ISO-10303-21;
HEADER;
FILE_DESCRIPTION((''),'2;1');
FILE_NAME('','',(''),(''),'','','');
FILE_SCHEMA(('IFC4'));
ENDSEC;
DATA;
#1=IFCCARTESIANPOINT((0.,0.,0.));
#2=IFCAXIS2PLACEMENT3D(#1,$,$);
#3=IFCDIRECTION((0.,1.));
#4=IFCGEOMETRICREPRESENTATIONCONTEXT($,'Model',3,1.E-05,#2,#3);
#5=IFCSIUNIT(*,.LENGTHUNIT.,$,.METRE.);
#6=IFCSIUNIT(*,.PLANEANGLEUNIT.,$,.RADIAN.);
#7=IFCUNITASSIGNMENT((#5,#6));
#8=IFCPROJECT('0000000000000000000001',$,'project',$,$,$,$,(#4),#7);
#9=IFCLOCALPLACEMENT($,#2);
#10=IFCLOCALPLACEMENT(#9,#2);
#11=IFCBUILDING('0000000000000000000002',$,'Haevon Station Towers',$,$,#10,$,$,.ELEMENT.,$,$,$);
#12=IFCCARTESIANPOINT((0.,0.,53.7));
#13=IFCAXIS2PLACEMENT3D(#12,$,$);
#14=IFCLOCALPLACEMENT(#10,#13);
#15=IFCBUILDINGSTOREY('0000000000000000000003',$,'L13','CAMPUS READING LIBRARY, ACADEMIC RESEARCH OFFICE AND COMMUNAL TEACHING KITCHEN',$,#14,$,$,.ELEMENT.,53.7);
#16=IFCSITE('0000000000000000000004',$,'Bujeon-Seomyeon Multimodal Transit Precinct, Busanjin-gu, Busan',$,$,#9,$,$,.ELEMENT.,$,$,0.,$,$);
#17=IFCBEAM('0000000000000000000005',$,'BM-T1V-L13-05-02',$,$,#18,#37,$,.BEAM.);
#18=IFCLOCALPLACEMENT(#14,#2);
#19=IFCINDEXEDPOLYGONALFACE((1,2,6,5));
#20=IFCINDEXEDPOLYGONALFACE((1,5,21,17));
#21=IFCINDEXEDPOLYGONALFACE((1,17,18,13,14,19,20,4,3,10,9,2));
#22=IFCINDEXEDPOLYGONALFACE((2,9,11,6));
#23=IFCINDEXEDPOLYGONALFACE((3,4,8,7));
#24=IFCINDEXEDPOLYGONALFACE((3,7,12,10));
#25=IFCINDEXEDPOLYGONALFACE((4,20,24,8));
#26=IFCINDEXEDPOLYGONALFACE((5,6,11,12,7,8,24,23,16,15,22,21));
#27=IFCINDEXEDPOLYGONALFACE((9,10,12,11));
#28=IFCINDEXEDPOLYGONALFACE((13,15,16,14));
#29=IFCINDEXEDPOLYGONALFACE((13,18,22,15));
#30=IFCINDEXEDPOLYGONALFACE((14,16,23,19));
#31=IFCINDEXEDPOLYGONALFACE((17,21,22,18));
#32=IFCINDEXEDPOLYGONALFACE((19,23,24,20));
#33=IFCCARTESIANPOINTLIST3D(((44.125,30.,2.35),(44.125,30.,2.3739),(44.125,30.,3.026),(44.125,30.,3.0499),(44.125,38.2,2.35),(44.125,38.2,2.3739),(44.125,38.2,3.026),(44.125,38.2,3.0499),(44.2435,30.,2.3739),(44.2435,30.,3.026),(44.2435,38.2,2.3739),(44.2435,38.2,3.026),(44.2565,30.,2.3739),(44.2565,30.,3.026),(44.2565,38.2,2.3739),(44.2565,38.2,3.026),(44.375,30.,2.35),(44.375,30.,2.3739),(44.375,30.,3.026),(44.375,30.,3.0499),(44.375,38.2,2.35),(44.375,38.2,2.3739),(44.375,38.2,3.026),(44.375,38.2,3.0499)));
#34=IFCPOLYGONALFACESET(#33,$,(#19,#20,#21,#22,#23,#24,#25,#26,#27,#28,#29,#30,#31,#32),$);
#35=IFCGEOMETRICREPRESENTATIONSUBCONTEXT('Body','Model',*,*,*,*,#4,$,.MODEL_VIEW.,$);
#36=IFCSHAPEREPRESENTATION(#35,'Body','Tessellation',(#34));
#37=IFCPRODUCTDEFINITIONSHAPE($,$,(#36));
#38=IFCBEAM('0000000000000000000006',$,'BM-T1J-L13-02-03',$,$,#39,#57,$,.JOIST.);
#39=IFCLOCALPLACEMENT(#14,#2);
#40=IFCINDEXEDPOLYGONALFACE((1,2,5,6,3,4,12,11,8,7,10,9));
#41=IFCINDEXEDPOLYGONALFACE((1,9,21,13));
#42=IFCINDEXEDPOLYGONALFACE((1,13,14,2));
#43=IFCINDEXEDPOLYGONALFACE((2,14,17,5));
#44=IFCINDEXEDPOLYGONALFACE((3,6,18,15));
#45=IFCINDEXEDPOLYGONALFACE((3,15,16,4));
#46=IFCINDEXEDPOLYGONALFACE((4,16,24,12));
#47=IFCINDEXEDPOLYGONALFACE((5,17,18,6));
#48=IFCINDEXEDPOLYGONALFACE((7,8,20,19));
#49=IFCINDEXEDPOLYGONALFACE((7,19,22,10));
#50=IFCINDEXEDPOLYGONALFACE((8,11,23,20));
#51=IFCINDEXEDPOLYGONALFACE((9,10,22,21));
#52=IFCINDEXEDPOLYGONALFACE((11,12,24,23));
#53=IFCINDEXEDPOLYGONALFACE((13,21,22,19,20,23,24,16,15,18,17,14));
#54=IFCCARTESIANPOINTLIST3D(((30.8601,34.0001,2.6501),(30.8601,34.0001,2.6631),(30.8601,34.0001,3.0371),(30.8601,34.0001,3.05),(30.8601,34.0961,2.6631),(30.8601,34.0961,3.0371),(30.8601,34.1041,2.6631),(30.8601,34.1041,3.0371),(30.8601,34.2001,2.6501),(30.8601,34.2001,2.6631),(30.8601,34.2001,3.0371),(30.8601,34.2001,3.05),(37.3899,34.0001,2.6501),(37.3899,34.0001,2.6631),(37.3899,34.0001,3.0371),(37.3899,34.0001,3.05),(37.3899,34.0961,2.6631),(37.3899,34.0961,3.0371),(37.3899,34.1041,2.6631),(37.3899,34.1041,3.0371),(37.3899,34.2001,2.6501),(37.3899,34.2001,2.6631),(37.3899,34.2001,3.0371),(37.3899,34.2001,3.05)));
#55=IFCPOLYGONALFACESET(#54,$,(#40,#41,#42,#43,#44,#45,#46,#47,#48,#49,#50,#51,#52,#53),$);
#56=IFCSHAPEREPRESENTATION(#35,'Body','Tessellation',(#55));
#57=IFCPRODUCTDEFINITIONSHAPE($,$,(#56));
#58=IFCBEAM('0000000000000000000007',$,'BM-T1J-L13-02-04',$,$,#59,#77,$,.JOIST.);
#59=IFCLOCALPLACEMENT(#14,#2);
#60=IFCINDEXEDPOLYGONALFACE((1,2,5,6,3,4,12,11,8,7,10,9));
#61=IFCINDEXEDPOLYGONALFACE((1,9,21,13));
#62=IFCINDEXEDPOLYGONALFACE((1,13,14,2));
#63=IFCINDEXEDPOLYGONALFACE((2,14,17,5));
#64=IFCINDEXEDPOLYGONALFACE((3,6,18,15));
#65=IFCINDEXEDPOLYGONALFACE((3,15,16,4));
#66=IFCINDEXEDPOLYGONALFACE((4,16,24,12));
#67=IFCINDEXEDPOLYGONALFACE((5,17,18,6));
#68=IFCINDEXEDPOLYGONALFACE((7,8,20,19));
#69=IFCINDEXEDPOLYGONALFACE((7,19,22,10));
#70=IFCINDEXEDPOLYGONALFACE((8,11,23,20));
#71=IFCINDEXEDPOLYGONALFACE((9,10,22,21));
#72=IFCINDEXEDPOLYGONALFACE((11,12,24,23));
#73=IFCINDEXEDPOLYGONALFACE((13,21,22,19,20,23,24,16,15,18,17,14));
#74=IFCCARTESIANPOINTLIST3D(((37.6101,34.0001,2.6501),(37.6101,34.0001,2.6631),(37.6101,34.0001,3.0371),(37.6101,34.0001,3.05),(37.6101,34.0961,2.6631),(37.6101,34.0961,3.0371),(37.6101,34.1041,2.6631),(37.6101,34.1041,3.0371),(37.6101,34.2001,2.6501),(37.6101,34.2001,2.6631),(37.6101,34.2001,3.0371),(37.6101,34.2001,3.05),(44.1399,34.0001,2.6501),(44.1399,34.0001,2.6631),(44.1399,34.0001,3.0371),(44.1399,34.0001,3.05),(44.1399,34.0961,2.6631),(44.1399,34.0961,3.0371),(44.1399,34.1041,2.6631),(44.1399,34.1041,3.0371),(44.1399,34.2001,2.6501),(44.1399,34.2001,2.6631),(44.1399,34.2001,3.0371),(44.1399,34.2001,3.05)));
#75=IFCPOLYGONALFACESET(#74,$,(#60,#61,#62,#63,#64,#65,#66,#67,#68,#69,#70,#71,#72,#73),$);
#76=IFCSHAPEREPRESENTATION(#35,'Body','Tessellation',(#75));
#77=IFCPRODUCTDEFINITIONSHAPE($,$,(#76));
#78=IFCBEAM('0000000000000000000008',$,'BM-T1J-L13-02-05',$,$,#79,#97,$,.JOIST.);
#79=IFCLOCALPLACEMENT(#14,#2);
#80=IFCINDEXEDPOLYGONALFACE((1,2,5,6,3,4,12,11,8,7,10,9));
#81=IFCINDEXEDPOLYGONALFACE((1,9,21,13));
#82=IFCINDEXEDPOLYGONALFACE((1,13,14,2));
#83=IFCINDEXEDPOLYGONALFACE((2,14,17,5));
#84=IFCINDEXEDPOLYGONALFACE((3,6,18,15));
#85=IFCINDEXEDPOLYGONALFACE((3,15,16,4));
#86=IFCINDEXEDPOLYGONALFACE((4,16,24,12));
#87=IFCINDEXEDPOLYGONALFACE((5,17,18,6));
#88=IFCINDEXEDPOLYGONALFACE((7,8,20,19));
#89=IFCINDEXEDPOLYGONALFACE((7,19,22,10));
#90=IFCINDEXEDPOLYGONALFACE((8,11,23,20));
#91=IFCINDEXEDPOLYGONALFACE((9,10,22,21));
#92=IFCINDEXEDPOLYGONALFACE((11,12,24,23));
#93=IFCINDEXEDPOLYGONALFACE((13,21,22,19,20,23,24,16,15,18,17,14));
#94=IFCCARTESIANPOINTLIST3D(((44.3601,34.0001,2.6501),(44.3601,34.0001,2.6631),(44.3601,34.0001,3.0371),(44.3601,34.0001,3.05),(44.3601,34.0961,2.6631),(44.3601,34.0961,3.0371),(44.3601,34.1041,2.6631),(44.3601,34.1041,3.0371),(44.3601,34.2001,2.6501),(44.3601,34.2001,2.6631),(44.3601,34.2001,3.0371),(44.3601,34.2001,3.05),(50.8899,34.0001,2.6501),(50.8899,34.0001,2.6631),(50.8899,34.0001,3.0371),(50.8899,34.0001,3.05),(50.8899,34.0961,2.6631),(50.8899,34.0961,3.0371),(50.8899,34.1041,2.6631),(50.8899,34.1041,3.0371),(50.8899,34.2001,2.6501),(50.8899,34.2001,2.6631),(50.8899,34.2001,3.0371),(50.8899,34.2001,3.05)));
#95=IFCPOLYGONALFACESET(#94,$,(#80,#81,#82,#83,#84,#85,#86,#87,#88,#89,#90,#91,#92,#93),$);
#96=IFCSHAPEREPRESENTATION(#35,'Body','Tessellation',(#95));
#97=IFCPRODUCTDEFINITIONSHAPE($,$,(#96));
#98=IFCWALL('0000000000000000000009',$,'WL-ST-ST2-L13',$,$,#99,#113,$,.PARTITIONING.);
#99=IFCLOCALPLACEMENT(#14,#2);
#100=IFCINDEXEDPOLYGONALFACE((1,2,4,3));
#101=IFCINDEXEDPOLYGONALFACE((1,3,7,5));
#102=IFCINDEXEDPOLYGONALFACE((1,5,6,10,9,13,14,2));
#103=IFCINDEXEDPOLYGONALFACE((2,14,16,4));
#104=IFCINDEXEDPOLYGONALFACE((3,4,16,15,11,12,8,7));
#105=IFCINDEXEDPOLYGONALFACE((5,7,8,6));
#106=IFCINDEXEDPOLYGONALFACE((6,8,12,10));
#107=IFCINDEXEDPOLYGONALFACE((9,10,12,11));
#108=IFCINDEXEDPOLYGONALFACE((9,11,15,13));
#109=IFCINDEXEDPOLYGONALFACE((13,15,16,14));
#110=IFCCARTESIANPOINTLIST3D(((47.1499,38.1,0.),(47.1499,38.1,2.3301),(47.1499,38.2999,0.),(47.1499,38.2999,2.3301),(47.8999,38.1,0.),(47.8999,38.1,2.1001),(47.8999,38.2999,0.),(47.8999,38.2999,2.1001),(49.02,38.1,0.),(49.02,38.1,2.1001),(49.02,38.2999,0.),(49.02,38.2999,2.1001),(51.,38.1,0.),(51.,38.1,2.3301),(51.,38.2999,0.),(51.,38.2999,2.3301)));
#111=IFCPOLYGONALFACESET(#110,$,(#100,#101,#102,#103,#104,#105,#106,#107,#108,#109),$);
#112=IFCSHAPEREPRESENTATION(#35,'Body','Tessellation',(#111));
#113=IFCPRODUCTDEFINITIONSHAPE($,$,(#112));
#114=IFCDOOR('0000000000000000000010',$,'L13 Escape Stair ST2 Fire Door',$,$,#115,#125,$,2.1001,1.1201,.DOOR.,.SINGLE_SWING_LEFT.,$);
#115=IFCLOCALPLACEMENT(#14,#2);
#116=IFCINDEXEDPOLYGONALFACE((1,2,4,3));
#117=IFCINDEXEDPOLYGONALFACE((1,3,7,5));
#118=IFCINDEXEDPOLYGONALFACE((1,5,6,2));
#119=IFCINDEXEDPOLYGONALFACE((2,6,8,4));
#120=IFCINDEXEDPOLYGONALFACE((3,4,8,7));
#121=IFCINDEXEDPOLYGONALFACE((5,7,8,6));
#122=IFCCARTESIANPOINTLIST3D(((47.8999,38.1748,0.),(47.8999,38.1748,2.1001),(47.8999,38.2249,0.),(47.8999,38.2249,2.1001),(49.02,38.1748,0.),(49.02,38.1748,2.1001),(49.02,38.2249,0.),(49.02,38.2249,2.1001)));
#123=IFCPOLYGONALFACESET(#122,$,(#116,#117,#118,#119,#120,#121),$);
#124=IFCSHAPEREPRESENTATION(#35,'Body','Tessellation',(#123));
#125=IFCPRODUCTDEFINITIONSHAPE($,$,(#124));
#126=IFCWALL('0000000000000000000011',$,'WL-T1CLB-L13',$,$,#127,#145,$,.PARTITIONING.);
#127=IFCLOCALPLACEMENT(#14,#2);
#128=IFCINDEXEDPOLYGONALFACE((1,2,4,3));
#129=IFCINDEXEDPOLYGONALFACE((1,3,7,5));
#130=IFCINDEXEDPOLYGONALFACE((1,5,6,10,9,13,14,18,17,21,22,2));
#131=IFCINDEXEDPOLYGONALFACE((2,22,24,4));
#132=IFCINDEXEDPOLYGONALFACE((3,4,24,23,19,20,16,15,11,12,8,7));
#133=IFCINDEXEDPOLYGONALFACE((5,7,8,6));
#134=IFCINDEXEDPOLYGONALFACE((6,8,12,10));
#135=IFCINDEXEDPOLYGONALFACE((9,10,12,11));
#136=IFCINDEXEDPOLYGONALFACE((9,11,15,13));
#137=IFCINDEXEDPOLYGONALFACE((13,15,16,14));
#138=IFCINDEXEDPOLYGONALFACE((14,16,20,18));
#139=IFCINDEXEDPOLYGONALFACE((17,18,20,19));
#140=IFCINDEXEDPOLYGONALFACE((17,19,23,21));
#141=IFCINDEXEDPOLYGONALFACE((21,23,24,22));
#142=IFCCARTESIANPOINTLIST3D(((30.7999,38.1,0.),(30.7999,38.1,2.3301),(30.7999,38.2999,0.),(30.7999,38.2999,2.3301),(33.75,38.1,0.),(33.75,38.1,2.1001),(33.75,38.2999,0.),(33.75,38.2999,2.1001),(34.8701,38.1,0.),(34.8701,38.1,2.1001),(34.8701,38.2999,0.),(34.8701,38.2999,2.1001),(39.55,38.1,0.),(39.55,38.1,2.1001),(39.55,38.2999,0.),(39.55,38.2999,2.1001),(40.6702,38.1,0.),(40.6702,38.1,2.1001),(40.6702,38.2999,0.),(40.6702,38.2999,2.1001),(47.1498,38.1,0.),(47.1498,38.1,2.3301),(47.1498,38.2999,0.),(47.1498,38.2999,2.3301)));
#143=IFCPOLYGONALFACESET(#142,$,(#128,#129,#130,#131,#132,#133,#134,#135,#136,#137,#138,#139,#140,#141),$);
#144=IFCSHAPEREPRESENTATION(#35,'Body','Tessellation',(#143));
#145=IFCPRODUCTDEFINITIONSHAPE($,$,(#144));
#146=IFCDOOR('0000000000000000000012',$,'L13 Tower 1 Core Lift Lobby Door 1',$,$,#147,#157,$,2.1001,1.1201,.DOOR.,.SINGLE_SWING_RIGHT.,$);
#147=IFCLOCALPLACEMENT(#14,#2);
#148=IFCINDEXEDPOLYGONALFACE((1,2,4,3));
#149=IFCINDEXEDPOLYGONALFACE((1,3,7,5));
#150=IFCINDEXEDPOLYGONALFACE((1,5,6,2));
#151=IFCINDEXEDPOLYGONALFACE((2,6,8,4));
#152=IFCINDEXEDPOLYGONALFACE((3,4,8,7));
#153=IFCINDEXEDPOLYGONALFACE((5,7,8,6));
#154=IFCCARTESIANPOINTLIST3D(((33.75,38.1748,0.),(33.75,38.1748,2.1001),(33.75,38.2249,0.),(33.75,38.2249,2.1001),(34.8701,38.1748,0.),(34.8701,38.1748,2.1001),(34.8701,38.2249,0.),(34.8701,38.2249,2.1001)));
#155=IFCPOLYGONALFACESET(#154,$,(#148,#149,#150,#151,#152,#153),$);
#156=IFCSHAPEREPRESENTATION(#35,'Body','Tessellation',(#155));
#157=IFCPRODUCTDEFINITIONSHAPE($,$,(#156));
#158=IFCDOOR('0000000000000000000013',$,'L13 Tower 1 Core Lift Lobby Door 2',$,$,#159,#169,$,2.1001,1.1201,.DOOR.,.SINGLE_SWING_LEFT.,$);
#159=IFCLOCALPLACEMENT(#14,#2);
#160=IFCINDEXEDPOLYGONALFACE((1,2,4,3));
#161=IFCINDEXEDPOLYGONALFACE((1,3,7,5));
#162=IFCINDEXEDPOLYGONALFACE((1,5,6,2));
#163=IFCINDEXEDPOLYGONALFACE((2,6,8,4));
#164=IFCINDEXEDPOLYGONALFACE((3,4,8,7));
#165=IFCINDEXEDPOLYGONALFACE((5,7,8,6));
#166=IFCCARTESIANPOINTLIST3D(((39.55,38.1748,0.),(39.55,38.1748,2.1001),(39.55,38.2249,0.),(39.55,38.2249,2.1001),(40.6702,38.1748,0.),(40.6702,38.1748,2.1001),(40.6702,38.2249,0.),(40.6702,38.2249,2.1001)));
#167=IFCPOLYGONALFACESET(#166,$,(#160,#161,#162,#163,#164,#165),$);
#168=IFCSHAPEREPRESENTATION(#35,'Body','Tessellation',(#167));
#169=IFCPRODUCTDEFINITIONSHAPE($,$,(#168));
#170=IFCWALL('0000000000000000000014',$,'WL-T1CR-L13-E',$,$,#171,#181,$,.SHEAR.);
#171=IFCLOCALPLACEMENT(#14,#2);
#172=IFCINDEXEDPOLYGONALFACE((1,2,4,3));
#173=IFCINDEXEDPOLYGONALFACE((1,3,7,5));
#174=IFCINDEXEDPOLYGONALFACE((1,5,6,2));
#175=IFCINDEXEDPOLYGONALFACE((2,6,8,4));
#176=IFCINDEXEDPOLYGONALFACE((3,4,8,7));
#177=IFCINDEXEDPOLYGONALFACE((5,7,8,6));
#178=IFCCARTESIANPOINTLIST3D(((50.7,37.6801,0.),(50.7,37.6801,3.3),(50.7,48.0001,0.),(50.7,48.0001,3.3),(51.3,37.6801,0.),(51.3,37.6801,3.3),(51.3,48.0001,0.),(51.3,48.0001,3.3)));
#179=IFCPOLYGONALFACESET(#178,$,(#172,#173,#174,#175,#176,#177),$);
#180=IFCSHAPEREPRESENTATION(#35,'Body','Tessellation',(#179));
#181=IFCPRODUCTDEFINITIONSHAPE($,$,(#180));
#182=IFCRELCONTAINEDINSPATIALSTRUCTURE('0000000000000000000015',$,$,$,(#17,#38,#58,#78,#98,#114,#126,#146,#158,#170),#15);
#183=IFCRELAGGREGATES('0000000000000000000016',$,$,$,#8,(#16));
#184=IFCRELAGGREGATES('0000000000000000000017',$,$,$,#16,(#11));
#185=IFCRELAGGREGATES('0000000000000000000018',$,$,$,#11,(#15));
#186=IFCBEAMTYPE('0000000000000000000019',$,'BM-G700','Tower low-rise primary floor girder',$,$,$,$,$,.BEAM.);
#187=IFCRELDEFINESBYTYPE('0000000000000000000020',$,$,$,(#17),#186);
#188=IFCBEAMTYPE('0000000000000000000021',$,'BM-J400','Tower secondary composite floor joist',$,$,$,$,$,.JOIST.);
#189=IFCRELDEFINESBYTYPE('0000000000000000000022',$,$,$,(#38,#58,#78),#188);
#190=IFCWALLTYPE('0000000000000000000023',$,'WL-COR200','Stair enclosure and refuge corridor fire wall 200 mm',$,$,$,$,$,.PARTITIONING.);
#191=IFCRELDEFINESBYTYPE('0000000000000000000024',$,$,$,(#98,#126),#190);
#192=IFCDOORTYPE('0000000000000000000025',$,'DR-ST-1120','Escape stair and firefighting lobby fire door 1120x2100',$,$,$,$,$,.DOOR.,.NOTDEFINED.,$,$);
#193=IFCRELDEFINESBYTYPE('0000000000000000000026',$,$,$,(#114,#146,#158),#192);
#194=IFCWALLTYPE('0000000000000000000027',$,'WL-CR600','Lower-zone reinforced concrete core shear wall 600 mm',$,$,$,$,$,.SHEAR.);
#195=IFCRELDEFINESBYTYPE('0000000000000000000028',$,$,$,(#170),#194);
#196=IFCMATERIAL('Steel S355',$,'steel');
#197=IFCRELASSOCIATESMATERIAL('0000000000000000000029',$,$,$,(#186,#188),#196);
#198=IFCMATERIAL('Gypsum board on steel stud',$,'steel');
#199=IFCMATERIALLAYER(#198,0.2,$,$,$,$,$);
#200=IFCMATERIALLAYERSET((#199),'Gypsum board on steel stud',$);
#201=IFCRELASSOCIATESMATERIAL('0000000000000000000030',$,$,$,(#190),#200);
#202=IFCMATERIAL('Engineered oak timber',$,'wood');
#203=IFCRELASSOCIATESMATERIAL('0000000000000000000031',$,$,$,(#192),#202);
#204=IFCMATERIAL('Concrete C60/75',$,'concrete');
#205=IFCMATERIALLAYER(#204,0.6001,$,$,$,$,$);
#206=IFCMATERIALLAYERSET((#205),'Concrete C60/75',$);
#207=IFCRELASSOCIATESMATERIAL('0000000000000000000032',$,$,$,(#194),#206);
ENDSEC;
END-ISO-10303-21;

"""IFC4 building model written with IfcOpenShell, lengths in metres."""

from ifc_helpers import new_model, si_unit, direction, frame, frame_2d, origin, origin_2d, place, context, subcontext, project, spatial, rectangle, i_section, extrude, material, layer, layer_set, material_profile, profile_set, type_object, element, fill, save


model = new_model("IFC4")

# Units and contexts
model_context = context("Model", 3, precision=1e-05, world=origin(), true_north=direction((0.0, 1.0)))
body_context = subcontext(model_context, "Body", "Model", "MODEL_VIEW")
ifc_project = project(units=[si_unit("LENGTHUNIT", "METRE"), si_unit("PLANEANGLEUNIT", "RADIAN")], contexts=[model_context])

# Site, building, storey
site_placement = place(None, origin())
site = spatial("IfcSite", under=ifc_project, at=site_placement, Name="Bujeon-Seomyeon Multimodal Transit Precinct, Busanjin-gu, Busan", CompositionType="ELEMENT", RefElevation=0.0)
building_placement = place(site_placement, origin())
building = spatial("IfcBuilding", under=site, at=building_placement, Name="Haevon Station Towers", CompositionType="ELEMENT")
storey_placement = place(building_placement, frame((0.0, 0.0, 53.7)))
storey = spatial("IfcBuildingStorey", under=building, at=storey_placement, Name="L13", Description="CAMPUS READING LIBRARY, ACADEMIC RESEARCH OFFICE AND COMMUNAL TEACHING KITCHEN", CompositionType="ELEMENT", Elevation=53.7)

# Beams
ifc_material_1 = material(Name="Steel S355", Category="steel")
ifc_material_profile_1 = material_profile(ifc_material_1, i_section(OverallWidth=0.25, OverallDepth=0.7, WebThickness=0.0129, FlangeThickness=0.0239, at=origin_2d()), Name="H-700x250x13x24")
ifc_profile_set_1 = profile_set([ifc_material_profile_1], Name="Steel S355")
beam_type_1 = type_object("IfcBeamType", Name="BM-G700", Description="Tower low-rise primary floor girder", PredefinedType="BEAM", material=ifc_profile_set_1)
beam_1_placement = place(storey_placement, frame((44.25, 30.0, 2.7), z_axis=(0.0, 1.0, 0.0), x_axis=(-1.0, 0.0, 0.0)))
element("IfcBeam", 1, at=beam_1_placement, inside=storey, type_object=beam_type_1, Name="BM-T1V-L13-05-02", PredefinedType="BEAM", context=body_context, shape_type="SweptSolid", body=[
    extrude(i_section(OverallWidth=0.25, OverallDepth=0.7, WebThickness=0.0129, FlangeThickness=0.0239, at=origin_2d()), origin(), (0.0, 0.0, 1.0), 8.2),
])
ifc_material_profile_2 = material_profile(ifc_material_1, i_section(OverallWidth=0.2, OverallDepth=0.3999, WebThickness=0.0081, FlangeThickness=0.0129, at=origin_2d()), Name="H-400x200x8x13")
ifc_profile_set_2 = profile_set([ifc_material_profile_2], Name="Steel S355")
beam_type_2 = type_object("IfcBeamType", Name="BM-J400", Description="Tower secondary composite floor joist", PredefinedType="JOIST", material=ifc_profile_set_2)
for number, where, z_axis, x_axis, name in (
    (2, (30.8601, 34.1001, 2.8501), (1.0, 0.0, 0.0), (0.0, 1.0, 0.0), "BM-T1J-L13-02-03"),
    (3, (37.6101, 34.1001, 2.8501), (1.0, 0.0, 0.0), (0.0, 1.0, 0.0), "BM-T1J-L13-02-04"),
    (4, (44.3601, 34.1001, 2.8501), (1.0, 0.0, 0.0), (0.0, 1.0, 0.0), "BM-T1J-L13-02-05"),
):
    element("IfcBeam", number, at=place(storey_placement, frame(where, z_axis=z_axis, x_axis=x_axis)), inside=storey, type_object=beam_type_2, Name=name, PredefinedType="JOIST", context=body_context, shape_type="SweptSolid", body=[
        extrude(i_section(OverallWidth=0.2, OverallDepth=0.3999, WebThickness=0.0081, FlangeThickness=0.0129, at=origin_2d()), origin(), (0.0, 0.0, 1.0), 6.5298),
    ])

# Wall, opening, door
ifc_material_2 = material(Name="Gypsum board on steel stud", Category="steel")
ifc_layer_1 = layer(ifc_material_2, 0.2)
ifc_layer_set_1 = layer_set([ifc_layer_1], Name="Gypsum board on steel stud")
wall_type_1 = type_object("IfcWallType", Name="WL-COR200", Description="Stair enclosure and refuge corridor fire wall 200 mm", PredefinedType="PARTITIONING", material=ifc_layer_set_1)
wall_1_placement = place(storey_placement, frame((47.1499, 38.2, 0.0), z_axis=(0.0, 0.0, 1.0), x_axis=(1.0, 0.0, 0.0)))
wall_1 = element("IfcWall", 5, at=wall_1_placement, inside=storey, type_object=wall_type_1, Name="WL-ST-ST2-L13", PredefinedType="PARTITIONING", context=body_context, shape_type="SweptSolid", body=[
    extrude(rectangle(XDim=3.8501, YDim=0.2, at=frame_2d((1.925, 0.0))), origin(), (0.0, 0.0, 1.0), 2.3301),
])
opening_1_placement = place(wall_1_placement, frame((0.75, 0.0, 0.0)))
opening_1 = element("IfcOpeningElement", 6, at=opening_1_placement, cuts=wall_1, PredefinedType="OPENING", context=body_context, shape_type="SweptSolid", body=[
    extrude(rectangle(XDim=1.1201, YDim=2.1001, at=frame_2d((0.5601, 1.05))), frame((0.0, 0.1099, 0.0), z_axis=(0.0, -1.0, 0.0), x_axis=(1.0, 0.0, 0.0)), (0.0, 0.0, 1.0), 0.22),
])
ifc_material_3 = material(Name="Engineered oak timber", Category="wood")
door_type = type_object("IfcDoorType", Name="DR-ST-1120", Description="Escape stair and firefighting lobby fire door 1120x2100", OperationType="NOTDEFINED", PredefinedType="DOOR", material=ifc_material_3)
door_1_placement = place(opening_1_placement, origin())
door_1 = element("IfcDoor", 7, at=door_1_placement, inside=storey, type_object=door_type, Name="L13 Escape Stair ST2 Fire Door", OperationType="SINGLE_SWING_LEFT", OverallHeight=2.1001, OverallWidth=1.1201, PredefinedType="DOOR", context=body_context, shape_type="SweptSolid", body=[
    extrude(rectangle(XDim=1.1201, YDim=2.1001, at=frame_2d((0.5601, 1.05))), frame((0.0, 0.0249, 0.0), z_axis=(0.0, -1.0, 0.0), x_axis=(1.0, 0.0, 0.0)), (0.0, 0.0, 1.0), 0.05),
])
fill(opening_1, door_1)

# Wall, openings, doors
wall_2_placement = place(storey_placement, frame((30.8, 38.2, 0.0), z_axis=(0.0, 0.0, 1.0), x_axis=(1.0, 0.0, 0.0)))
wall_2 = element("IfcWall", 8, at=wall_2_placement, inside=storey, type_object=wall_type_1, Name="WL-T1CLB-L13", PredefinedType="PARTITIONING", context=body_context, shape_type="SweptSolid", body=[
    extrude(rectangle(XDim=16.3499, YDim=0.2, at=frame_2d((8.1748, 0.0))), origin(), (0.0, 0.0, 1.0), 2.3301),
])
opening_2_placement = place(wall_2_placement, frame((2.95, 0.0, 0.0)))
opening_2 = element("IfcOpeningElement", 9, at=opening_2_placement, cuts=wall_2, PredefinedType="OPENING", context=body_context, shape_type="SweptSolid", body=[
    extrude(rectangle(XDim=1.1201, YDim=2.1001, at=frame_2d((0.5601, 1.05))), frame((0.0, 0.1099, 0.0), z_axis=(0.0, -1.0, 0.0), x_axis=(1.0, 0.0, 0.0)), (0.0, 0.0, 1.0), 0.22),
])
opening_3_placement = place(wall_2_placement, frame((8.75, 0.0, 0.0)))
opening_3 = element("IfcOpeningElement", 10, at=opening_3_placement, cuts=wall_2, PredefinedType="OPENING", context=body_context, shape_type="SweptSolid", body=[
    extrude(rectangle(XDim=1.1201, YDim=2.1001, at=frame_2d((0.5601, 1.05))), frame((0.0, 0.1099, 0.0), z_axis=(0.0, -1.0, 0.0), x_axis=(1.0, 0.0, 0.0)), (0.0, 0.0, 1.0), 0.22),
])
door_2_placement = place(opening_2_placement, origin())
door_2 = element("IfcDoor", 11, at=door_2_placement, inside=storey, type_object=door_type, Name="L13 Tower 1 Core Lift Lobby Door 1", OperationType="SINGLE_SWING_RIGHT", OverallHeight=2.1001, OverallWidth=1.1201, PredefinedType="DOOR", context=body_context, shape_type="SweptSolid", body=[
    extrude(rectangle(XDim=1.1201, YDim=2.1001, at=frame_2d((0.5601, 1.05))), frame((0.0, 0.0249, 0.0), z_axis=(0.0, -1.0, 0.0), x_axis=(1.0, 0.0, 0.0)), (0.0, 0.0, 1.0), 0.05),
])
fill(opening_2, door_2)
door_3_placement = place(opening_3_placement, origin())
door_3 = element("IfcDoor", 12, at=door_3_placement, inside=storey, type_object=door_type, Name="L13 Tower 1 Core Lift Lobby Door 2", OperationType="SINGLE_SWING_LEFT", OverallHeight=2.1001, OverallWidth=1.1201, PredefinedType="DOOR", context=body_context, shape_type="SweptSolid", body=[
    extrude(rectangle(XDim=1.1201, YDim=2.1001, at=frame_2d((0.5601, 1.05))), frame((0.0, 0.0249, 0.0), z_axis=(0.0, -1.0, 0.0), x_axis=(1.0, 0.0, 0.0)), (0.0, 0.0, 1.0), 0.05),
])
fill(opening_3, door_3)

# Wall
ifc_material_4 = material(Name="Concrete C60/75", Category="concrete")
ifc_layer_2 = layer(ifc_material_4, 0.6001)
ifc_layer_set_2 = layer_set([ifc_layer_2], Name="Concrete C60/75")
wall_type_2 = type_object("IfcWallType", Name="WL-CR600", Description="Lower-zone reinforced concrete core shear wall 600 mm", PredefinedType="SHEAR", material=ifc_layer_set_2)
wall_3_placement = place(storey_placement, frame((51.0, 37.6799, 0.0), z_axis=(0.0, 0.0, 1.0), x_axis=(0.0, 1.0, 0.0)))
element("IfcWall", 13, at=wall_3_placement, inside=storey, type_object=wall_type_2, Name="WL-T1CR-L13-E", PredefinedType="SHEAR", context=body_context, shape_type="SweptSolid", body=[
    extrude(rectangle(XDim=10.3201, YDim=0.6001, at=frame_2d((5.1602, 0.0))), origin(), (0.0, 0.0, 1.0), 3.3),
])

save(model, "model.ifc")
